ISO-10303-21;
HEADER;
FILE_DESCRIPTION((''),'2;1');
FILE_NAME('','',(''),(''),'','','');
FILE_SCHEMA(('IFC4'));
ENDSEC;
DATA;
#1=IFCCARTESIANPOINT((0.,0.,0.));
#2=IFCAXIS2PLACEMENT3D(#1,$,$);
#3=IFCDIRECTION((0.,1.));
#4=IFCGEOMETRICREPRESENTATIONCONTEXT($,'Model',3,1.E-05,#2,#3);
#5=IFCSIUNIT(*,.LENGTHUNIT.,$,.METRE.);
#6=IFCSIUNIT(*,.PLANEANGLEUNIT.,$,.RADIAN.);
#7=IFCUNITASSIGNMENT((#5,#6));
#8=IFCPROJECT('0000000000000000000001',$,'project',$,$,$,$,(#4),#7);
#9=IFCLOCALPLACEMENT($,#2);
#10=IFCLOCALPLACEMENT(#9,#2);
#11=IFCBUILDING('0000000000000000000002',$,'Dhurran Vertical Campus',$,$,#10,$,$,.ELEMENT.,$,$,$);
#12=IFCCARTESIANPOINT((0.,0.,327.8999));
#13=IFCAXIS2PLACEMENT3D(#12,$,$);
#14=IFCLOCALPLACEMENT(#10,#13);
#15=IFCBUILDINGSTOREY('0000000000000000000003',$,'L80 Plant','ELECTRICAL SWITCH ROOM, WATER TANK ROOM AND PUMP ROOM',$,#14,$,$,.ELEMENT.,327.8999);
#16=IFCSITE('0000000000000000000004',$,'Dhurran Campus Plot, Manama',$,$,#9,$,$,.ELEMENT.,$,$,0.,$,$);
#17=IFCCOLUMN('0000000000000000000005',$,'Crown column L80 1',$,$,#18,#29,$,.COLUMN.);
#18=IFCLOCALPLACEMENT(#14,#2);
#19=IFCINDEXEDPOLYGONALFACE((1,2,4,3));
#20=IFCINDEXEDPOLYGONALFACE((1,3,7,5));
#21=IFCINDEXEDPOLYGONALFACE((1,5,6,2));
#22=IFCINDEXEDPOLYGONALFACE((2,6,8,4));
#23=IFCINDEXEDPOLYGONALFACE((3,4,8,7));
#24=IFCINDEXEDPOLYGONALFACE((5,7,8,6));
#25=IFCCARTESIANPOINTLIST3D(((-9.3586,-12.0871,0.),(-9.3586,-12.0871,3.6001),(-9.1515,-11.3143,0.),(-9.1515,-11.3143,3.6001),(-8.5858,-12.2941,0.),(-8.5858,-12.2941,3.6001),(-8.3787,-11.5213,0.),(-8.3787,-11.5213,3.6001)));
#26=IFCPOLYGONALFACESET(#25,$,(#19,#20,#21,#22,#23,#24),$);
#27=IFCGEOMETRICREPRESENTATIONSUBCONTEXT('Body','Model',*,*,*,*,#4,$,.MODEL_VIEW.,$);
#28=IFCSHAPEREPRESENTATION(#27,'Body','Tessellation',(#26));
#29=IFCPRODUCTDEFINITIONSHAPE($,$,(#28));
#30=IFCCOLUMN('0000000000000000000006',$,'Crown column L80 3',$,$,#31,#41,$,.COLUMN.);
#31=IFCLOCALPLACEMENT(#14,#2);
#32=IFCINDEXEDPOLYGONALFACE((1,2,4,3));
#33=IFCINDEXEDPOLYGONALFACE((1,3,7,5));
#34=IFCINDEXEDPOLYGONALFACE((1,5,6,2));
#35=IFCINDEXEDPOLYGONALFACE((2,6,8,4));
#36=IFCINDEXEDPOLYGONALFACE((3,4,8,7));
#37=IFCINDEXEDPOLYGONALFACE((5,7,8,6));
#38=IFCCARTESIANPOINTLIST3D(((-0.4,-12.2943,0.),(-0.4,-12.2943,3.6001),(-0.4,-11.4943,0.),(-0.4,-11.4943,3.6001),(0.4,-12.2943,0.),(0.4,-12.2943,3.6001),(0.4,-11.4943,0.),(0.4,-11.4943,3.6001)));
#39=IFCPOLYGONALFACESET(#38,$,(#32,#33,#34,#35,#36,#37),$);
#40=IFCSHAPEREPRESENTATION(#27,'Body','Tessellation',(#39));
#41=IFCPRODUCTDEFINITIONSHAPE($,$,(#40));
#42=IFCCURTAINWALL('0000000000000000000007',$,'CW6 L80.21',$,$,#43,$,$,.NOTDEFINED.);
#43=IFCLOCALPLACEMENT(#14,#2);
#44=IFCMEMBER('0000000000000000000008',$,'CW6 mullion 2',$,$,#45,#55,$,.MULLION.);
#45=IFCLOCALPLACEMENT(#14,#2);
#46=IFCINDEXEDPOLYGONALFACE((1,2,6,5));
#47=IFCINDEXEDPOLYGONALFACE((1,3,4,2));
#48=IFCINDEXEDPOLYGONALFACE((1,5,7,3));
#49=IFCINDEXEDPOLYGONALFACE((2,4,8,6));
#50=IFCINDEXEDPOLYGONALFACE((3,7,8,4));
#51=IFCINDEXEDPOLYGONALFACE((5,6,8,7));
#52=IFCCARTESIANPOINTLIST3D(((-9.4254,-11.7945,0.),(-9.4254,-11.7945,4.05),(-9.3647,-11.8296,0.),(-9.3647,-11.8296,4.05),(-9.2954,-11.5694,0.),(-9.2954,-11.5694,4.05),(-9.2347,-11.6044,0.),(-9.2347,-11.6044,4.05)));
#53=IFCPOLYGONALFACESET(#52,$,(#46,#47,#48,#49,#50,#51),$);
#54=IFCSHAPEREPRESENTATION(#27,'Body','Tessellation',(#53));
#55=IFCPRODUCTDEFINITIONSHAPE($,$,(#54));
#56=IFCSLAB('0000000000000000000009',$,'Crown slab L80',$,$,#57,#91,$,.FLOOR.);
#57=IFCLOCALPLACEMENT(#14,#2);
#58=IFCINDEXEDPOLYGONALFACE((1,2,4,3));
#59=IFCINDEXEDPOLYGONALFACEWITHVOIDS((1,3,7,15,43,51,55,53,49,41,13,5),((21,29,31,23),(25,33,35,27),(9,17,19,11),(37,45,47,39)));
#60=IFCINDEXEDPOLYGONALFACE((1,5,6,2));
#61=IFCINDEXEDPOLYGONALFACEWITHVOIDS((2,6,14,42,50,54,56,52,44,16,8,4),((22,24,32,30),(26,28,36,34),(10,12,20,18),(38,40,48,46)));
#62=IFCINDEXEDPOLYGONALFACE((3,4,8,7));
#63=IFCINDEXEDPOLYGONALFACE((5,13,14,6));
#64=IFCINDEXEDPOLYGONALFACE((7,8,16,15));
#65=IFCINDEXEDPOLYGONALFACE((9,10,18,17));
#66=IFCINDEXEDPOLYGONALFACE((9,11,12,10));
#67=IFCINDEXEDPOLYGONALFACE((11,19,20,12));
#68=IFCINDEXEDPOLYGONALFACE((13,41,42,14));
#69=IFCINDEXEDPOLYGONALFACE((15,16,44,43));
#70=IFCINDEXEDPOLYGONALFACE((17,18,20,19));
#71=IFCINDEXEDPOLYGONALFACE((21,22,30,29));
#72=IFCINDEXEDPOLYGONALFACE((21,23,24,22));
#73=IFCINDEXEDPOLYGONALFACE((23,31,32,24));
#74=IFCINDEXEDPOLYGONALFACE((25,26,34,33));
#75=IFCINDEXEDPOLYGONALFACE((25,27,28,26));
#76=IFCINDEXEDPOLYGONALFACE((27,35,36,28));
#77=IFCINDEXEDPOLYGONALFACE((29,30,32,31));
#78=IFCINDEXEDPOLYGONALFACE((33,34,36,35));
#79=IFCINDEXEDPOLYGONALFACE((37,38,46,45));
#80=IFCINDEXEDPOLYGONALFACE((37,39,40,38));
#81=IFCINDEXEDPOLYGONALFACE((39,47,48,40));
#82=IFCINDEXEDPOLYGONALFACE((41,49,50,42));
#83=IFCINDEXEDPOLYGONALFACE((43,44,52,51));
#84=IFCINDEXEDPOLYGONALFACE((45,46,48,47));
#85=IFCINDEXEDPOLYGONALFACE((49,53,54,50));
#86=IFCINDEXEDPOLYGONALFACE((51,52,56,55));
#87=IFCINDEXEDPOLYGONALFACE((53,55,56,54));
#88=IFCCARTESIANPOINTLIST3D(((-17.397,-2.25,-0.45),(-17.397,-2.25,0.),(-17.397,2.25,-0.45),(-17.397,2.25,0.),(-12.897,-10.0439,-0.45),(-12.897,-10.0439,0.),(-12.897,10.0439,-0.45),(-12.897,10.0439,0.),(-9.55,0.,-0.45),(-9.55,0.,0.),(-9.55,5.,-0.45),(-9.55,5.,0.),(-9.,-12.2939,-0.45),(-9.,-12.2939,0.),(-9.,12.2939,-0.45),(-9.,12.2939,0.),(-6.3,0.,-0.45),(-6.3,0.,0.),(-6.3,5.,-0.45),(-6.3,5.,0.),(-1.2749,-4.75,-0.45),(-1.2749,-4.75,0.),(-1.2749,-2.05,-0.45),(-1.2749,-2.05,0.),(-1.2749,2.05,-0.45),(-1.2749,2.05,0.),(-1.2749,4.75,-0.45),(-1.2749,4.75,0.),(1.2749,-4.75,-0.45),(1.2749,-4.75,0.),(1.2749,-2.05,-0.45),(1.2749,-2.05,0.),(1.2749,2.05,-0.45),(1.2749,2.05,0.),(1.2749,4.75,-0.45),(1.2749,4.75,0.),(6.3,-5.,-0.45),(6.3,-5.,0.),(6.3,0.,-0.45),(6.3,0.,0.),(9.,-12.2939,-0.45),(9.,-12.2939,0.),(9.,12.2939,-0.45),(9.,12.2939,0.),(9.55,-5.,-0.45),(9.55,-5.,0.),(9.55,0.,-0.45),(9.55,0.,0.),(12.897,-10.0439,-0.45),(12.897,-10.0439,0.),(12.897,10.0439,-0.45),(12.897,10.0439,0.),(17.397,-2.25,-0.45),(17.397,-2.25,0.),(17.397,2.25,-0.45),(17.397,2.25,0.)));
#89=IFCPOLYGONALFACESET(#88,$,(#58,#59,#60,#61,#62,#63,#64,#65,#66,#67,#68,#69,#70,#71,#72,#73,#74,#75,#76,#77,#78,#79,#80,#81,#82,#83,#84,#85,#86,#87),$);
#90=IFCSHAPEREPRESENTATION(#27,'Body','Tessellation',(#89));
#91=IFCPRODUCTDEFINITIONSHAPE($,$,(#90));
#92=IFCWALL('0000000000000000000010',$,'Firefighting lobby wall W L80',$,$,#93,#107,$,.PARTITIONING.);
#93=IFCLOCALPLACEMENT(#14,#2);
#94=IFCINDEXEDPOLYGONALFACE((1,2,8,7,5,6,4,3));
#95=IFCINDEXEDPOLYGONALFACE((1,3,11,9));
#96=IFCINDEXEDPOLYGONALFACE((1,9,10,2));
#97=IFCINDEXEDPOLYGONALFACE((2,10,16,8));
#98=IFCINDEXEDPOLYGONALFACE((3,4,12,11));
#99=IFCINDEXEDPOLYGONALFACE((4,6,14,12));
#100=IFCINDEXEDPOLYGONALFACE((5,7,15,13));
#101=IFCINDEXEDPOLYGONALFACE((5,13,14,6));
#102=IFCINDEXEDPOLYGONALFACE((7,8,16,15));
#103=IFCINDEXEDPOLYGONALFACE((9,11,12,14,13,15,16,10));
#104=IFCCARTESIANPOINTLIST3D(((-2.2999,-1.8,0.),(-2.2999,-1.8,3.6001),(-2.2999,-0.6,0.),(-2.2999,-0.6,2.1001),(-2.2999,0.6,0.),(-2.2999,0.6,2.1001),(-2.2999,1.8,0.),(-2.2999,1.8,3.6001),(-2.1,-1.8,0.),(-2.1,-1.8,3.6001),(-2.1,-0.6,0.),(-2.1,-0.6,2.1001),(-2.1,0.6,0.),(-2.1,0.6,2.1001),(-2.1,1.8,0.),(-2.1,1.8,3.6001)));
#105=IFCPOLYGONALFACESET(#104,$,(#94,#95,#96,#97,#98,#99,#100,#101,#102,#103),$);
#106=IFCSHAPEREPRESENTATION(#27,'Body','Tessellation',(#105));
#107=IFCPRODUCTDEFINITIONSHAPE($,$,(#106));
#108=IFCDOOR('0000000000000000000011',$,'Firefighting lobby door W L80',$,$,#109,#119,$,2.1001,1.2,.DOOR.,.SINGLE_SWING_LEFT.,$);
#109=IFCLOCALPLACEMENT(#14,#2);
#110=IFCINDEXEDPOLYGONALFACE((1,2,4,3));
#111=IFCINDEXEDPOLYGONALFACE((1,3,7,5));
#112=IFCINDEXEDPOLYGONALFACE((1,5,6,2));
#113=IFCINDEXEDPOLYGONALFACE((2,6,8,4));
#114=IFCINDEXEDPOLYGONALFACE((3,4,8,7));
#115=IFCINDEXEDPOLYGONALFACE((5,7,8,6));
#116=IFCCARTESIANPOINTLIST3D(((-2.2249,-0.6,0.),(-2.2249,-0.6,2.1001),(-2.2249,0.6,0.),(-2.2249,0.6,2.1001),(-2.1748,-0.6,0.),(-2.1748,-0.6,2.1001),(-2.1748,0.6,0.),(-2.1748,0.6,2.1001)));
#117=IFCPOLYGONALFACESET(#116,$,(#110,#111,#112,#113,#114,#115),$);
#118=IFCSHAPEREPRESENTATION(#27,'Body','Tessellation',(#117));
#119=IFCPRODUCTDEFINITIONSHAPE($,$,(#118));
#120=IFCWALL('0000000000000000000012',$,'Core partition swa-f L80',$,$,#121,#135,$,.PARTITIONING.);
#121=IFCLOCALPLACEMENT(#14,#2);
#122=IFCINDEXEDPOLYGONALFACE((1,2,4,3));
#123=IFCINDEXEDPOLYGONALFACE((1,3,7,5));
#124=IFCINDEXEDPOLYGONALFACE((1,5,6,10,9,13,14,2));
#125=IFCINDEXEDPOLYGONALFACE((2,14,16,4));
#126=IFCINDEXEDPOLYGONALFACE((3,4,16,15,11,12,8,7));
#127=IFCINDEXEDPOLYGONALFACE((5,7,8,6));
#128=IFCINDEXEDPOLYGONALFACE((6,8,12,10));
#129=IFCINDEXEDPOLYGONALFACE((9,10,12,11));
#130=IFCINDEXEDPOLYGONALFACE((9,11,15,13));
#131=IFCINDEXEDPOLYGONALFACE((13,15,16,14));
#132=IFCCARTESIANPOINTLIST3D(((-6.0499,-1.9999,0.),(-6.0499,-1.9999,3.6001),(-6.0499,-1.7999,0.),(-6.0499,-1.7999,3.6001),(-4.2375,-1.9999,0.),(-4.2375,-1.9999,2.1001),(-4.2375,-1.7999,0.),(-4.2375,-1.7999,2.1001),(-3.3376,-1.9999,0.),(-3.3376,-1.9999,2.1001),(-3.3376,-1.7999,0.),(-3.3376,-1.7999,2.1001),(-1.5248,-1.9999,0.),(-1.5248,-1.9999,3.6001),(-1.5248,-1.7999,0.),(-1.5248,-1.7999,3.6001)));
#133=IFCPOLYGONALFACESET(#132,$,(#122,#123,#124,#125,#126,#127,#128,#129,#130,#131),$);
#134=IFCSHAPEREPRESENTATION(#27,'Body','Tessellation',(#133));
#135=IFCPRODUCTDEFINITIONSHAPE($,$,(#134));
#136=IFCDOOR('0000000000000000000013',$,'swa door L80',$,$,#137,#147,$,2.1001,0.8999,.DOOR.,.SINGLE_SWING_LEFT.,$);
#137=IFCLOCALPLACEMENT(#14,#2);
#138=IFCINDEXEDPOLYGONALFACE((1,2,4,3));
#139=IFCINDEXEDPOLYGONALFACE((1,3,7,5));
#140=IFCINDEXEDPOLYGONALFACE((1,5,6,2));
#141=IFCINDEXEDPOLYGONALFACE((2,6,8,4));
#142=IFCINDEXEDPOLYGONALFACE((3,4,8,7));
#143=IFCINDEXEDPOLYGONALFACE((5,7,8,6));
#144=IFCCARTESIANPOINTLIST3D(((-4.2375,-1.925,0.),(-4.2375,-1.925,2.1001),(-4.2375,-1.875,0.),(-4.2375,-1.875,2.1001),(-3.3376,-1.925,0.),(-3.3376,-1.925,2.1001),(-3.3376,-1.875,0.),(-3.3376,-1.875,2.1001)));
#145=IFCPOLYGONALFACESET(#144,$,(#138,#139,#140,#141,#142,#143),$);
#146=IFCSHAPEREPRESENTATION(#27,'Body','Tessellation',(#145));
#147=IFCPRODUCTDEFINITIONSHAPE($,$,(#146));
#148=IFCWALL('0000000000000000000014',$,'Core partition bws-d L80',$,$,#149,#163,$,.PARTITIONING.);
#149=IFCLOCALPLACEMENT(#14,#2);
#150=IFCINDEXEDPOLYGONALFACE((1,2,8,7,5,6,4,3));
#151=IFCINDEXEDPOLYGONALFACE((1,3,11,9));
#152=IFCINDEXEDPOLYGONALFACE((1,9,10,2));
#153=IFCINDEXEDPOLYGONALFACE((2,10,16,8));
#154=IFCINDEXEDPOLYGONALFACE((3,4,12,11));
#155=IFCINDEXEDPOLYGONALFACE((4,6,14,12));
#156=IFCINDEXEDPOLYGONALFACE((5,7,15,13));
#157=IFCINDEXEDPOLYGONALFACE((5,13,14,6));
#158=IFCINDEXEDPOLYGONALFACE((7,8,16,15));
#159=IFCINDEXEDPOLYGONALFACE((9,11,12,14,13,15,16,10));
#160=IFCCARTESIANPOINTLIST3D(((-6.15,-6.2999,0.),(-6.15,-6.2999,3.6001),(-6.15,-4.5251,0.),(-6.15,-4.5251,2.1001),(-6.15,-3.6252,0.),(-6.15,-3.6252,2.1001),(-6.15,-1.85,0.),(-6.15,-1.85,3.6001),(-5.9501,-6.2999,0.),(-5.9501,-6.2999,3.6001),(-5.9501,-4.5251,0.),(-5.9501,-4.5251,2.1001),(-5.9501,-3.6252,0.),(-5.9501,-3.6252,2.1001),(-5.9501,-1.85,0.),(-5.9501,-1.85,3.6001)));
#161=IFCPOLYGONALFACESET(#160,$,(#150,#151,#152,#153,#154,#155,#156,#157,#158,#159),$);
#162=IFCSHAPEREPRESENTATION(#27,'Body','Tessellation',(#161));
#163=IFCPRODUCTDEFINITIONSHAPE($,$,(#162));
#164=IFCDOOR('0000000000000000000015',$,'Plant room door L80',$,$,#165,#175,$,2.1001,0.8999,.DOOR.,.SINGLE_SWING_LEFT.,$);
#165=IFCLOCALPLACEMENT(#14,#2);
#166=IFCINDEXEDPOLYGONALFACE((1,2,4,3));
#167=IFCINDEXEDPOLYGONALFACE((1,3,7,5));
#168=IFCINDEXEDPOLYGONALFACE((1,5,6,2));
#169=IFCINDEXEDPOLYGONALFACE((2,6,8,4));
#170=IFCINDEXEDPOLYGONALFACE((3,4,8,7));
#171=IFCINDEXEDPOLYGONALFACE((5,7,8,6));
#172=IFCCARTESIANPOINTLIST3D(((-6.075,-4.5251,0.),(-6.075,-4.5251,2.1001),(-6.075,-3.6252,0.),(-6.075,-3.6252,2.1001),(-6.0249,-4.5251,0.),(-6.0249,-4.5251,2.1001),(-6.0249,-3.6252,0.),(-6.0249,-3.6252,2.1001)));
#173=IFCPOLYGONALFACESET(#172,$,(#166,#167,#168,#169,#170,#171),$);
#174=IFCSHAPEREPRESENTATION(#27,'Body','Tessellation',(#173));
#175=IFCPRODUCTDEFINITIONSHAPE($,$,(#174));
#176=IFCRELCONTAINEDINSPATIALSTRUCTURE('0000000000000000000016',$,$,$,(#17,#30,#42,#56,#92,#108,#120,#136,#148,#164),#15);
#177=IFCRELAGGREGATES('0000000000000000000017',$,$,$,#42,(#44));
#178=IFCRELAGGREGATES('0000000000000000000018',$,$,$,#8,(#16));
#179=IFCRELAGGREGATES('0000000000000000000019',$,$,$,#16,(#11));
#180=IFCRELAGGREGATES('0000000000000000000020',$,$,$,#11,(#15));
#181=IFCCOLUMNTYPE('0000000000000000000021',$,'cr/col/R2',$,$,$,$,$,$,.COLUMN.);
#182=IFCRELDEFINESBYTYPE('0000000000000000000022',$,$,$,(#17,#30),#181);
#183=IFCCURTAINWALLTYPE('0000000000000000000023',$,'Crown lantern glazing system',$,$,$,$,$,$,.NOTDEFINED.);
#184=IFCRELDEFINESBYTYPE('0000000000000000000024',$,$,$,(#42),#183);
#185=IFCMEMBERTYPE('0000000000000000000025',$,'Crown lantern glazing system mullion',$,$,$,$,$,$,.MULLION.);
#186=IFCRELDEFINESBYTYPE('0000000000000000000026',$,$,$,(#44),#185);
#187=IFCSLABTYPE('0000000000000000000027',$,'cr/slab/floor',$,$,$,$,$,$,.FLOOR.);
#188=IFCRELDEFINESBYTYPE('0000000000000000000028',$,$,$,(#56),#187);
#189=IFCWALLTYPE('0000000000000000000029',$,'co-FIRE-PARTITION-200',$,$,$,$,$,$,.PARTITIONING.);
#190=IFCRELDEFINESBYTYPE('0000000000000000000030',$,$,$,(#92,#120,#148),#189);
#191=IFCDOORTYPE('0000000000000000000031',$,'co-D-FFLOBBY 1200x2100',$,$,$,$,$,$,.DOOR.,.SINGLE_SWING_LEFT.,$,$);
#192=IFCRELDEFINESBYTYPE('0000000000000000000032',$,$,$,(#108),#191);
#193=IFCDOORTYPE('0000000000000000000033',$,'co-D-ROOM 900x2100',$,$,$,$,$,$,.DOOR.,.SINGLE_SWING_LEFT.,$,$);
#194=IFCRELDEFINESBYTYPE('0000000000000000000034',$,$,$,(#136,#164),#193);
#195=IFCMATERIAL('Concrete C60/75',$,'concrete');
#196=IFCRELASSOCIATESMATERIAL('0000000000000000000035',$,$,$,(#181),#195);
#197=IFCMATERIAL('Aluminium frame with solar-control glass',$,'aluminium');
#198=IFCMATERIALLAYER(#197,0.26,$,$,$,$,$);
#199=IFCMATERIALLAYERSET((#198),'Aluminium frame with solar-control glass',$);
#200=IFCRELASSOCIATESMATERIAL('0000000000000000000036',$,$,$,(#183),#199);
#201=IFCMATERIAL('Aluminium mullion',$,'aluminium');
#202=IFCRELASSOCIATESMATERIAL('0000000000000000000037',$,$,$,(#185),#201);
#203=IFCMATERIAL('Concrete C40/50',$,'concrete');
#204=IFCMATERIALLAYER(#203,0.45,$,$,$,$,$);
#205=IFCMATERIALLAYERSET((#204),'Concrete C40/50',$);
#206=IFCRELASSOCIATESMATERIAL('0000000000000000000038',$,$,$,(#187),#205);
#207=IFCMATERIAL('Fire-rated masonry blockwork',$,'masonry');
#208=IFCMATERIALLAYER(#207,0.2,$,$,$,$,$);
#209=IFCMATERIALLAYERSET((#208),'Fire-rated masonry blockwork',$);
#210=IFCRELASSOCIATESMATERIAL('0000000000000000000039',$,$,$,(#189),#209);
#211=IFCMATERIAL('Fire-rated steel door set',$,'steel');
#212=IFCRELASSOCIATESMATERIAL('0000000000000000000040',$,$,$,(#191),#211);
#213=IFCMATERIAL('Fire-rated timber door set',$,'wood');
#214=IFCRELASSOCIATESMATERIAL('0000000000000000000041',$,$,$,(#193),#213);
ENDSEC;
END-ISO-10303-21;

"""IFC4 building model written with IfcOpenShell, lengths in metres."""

from ifc_helpers import new_model, si_unit, direction, frame, frame_2d, origin, origin_2d, place, context, subcontext, project, spatial, polyline, rectangle, outline, extrude, material, layer, layer_set, material_profile, profile_set, type_object, element, fill, aggregate, save


model = new_model("IFC4")

# Units and contexts
model_context = context("Model", 3, precision=1e-05, world=origin(), true_north=direction((0.0, 1.0)))
body_context = subcontext(model_context, "Body", "Model", "MODEL_VIEW")
ifc_project = project(units=[si_unit("LENGTHUNIT", "METRE"), si_unit("PLANEANGLEUNIT", "RADIAN")], contexts=[model_context])

# Site, building, storey
site_placement = place(None, origin())
site = spatial("IfcSite", under=ifc_project, at=site_placement, Name="Dhurran Campus Plot, Manama", CompositionType="ELEMENT", RefElevation=0.0)
building_placement = place(site_placement, origin())
building = spatial("IfcBuilding", under=site, at=building_placement, Name="Dhurran Vertical Campus", CompositionType="ELEMENT")
storey_placement = place(building_placement, frame((0.0, 0.0, 327.8999)))
storey = spatial("IfcBuildingStorey", under=building, at=storey_placement, Name="L80 Plant", Description="ELECTRICAL SWITCH ROOM, WATER TANK ROOM AND PUMP ROOM", CompositionType="ELEMENT", Elevation=327.8999)

# Columns
ifc_material_1 = material(Name="Concrete C60/75", Category="concrete")
ifc_material_profile_1 = material_profile(ifc_material_1, rectangle(XDim=0.8, YDim=0.8, at=origin_2d()), Name="cr/col/R2")
ifc_profile_set_1 = profile_set([ifc_material_profile_1], Name="Concrete C60/75")
column_type = type_object("IfcColumnType", Name="cr/col/R2", PredefinedType="COLUMN", material=ifc_profile_set_1)
for number, where, z_axis, x_axis, name in (
    (1, (-8.8687, -11.8042, 0.0), (0.0, 0.0, 1.0), (0.965926, -0.258819, 0.0), "Crown column L80 1"),
    (2, (0.0, -11.8943, 0.0), (0.0, 0.0, 1.0), (1.0, 0.0, 0.0), "Crown column L80 3"),
):
    element("IfcColumn", number, at=place(storey_placement, frame(where, z_axis=z_axis, x_axis=x_axis)), inside=storey, type_object=column_type, Name=name, PredefinedType="COLUMN", context=body_context, shape_type="SweptSolid", body=[
        extrude(rectangle(XDim=0.8, YDim=0.8, at=origin_2d()), origin(), (0.0, 0.0, 1.0), 3.6001),
    ])

# Curtain wall, member
ifc_material_2 = material(Name="Aluminium frame with solar-control glass", Category="aluminium")
ifc_layer_1 = layer(ifc_material_2, 0.26)
ifc_layer_set_1 = layer_set([ifc_layer_1], Name="Aluminium frame with solar-control glass")
curtain_wall_type = type_object("IfcCurtainWallType", Name="Crown lantern glazing system", PredefinedType="NOTDEFINED", material=ifc_layer_set_1)
curtain_wall_placement = place(storey_placement, origin())
curtain_wall = element("IfcCurtainWall", 3, at=curtain_wall_placement, inside=storey, type_object=curtain_wall_type, Name="CW6 L80.21", PredefinedType="NOTDEFINED")
ifc_material_3 = material(Name="Aluminium mullion", Category="aluminium")
ifc_material_profile_2 = material_profile(ifc_material_3, rectangle(XDim=0.26, YDim=0.0701, at=origin_2d()), Name="Crown lantern glazing system mullion")
ifc_profile_set_2 = profile_set([ifc_material_profile_2], Name="Aluminium mullion")
member_type = type_object("IfcMemberType", Name="Crown lantern glazing system mullion", PredefinedType="MULLION", material=ifc_profile_set_2)
member_placement = place(storey_placement, frame((-9.3301, -11.6995, 0.0), z_axis=(0.0, 0.0, 1.0), x_axis=(0.499991, 0.86603, 0.0)))
member = element("IfcMember", 4, at=member_placement, type_object=member_type, Name="CW6 mullion 2", PredefinedType="MULLION", context=body_context, shape_type="SweptSolid", body=[
    extrude(rectangle(XDim=0.26, YDim=0.0701, at=origin_2d()), origin(), (0.0, 0.0, 1.0), 4.05),
])
aggregate(curtain_wall, [member])

# Slab
ifc_material_4 = material(Name="Concrete C40/50", Category="concrete")
ifc_layer_2 = layer(ifc_material_4, 0.45)
ifc_layer_set_2 = layer_set([ifc_layer_2], Name="Concrete C40/50")
slab_type = type_object("IfcSlabType", Name="cr/slab/floor", PredefinedType="FLOOR", material=ifc_layer_set_2)
slab_placement = place(storey_placement, frame((0.0, 0.0, -0.45)))
element("IfcSlab", 5, at=slab_placement, inside=storey, type_object=slab_type, Name="Crown slab L80", PredefinedType="FLOOR", context=body_context, shape_type="SweptSolid", body=[
    extrude(outline(polyline([(-9.0, -12.2939), (9.0, -12.2939), (12.897, -10.0439), (17.397, -2.25), (17.397, 2.25), (12.897, 10.0439), (9.0, 12.2939), (-9.0, 12.2939), (-12.897, 10.0439), (-17.397, 2.25), (-17.397, -2.25), (-12.897, -10.0439), (-9.0, -12.2939)]), holes=[polyline([(-1.2749, 4.75), (1.2749, 4.75), (1.2749, 2.05), (-1.2749, 2.05), (-1.2749, 4.75)]), polyline([(-1.2749, -2.05), (1.2749, -2.05), (1.2749, -4.75), (-1.2749, -4.75), (-1.2749, -2.05)]), polyline([(-9.55, 5.0), (-6.3, 5.0), (-6.3, 0.0), (-9.55, 0.0), (-9.55, 5.0)]), polyline([(6.3, 0.0), (9.55, 0.0), (9.55, -5.0), (6.3, -5.0), (6.3, 0.0)])]), origin(), (0.0, 0.0, 1.0), 0.45),
])

# Walls, openings, doors
ifc_material_5 = material(Name="Fire-rated masonry blockwork", Category="masonry")
ifc_layer_3 = layer(ifc_material_5, 0.2)
ifc_layer_set_3 = layer_set([ifc_layer_3], Name="Fire-rated masonry blockwork")
wall_type_1 = type_object("IfcWallType", Name="co-FIRE-PARTITION-200", PredefinedType="PARTITIONING", material=ifc_layer_set_3)
wall_1_placement = place(storey_placement, frame((-2.2, -1.8, 0.0), z_axis=(0.0, 0.0, 1.0), x_axis=(0.0, 1.0, 0.0)))
wall_1 = element("IfcWall", 6, at=wall_1_placement, inside=storey, type_object=wall_type_1, Name="Firefighting lobby wall W L80", PredefinedType="PARTITIONING", context=body_context, shape_type="SweptSolid", body=[
    extrude(rectangle(XDim=3.6001, YDim=0.2, at=frame_2d((1.8, 0.0))), origin(), (0.0, 0.0, 1.0), 3.6001),
])
opening_1_placement = place(wall_1_placement, frame((1.2, 0.0, 0.0)))
opening_1 = element("IfcOpeningElement", 7, at=opening_1_placement, cuts=wall_1, PredefinedType="OPENING", context=body_context, shape_type="SweptSolid", body=[
    extrude(rectangle(XDim=1.2, YDim=2.1001, at=frame_2d((0.6001, 1.05))), frame((0.0, 0.1099, 0.0), z_axis=(0.0, -1.0, 0.0), x_axis=(1.0, 0.0, 0.0)), (0.0, 0.0, 1.0), 0.22),
])
ifc_material_6 = material(Name="Fire-rated steel door set", Category="steel")
door_type_1 = type_object("IfcDoorType", Name="co-D-FFLOBBY 1200x2100", OperationType="SINGLE_SWING_LEFT", PredefinedType="DOOR", material=ifc_material_6)
door_1_placement = place(opening_1_placement, origin())
door_1 = element("IfcDoor", 8, at=door_1_placement, inside=storey, type_object=door_type_1, Name="Firefighting lobby door W L80", OperationType="SINGLE_SWING_LEFT", OverallHeight=2.1001, OverallWidth=1.2, PredefinedType="DOOR", context=body_context, shape_type="SweptSolid", body=[
    extrude(rectangle(XDim=1.2, YDim=2.1001, at=frame_2d((0.6001, 1.05))), frame((0.0, 0.0249, 0.0), z_axis=(0.0, -1.0, 0.0), x_axis=(1.0, 0.0, 0.0)), (0.0, 0.0, 1.0), 0.05),
])
fill(opening_1, door_1)
wall_2_placement = place(storey_placement, frame((-6.05, -1.8999, 0.0), z_axis=(0.0, 0.0, 1.0), x_axis=(1.0, 0.0, 0.0)))
wall_2 = element("IfcWall", 9, at=wall_2_placement, inside=storey, type_object=wall_type_1, Name="Core partition swa-f L80", PredefinedType="PARTITIONING", context=body_context, shape_type="SweptSolid", body=[
    extrude(rectangle(XDim=4.5251, YDim=0.2, at=frame_2d((2.2627, 0.0))), origin(), (0.0, 0.0, 1.0), 3.6001),
])
opening_2_placement = place(wall_2_placement, frame((1.8125, 0.0, 0.0)))
opening_2 = element("IfcOpeningElement", 10, at=opening_2_placement, cuts=wall_2, PredefinedType="OPENING", context=body_context, shape_type="SweptSolid", body=[
    extrude(rectangle(XDim=0.8999, YDim=2.1001, at=frame_2d((0.45, 1.05))), frame((0.0, 0.1099, 0.0), z_axis=(0.0, -1.0, 0.0), x_axis=(1.0, 0.0, 0.0)), (0.0, 0.0, 1.0), 0.22),
])
ifc_material_7 = material(Name="Fire-rated timber door set", Category="wood")
door_type_2 = type_object("IfcDoorType", Name="co-D-ROOM 900x2100", OperationType="SINGLE_SWING_LEFT", PredefinedType="DOOR", material=ifc_material_7)
door_2_placement = place(opening_2_placement, origin())
door_2 = element("IfcDoor", 11, at=door_2_placement, inside=storey, type_object=door_type_2, Name="swa door L80", OperationType="SINGLE_SWING_LEFT", OverallHeight=2.1001, OverallWidth=0.8999, PredefinedType="DOOR", context=body_context, shape_type="SweptSolid", body=[
    extrude(rectangle(XDim=0.8999, YDim=2.1001, at=frame_2d((0.45, 1.05))), frame((0.0, 0.0249, 0.0), z_axis=(0.0, -1.0, 0.0), x_axis=(1.0, 0.0, 0.0)), (0.0, 0.0, 1.0), 0.05),
])
fill(opening_2, door_2)
wall_3_placement = place(storey_placement, frame((-6.05, -6.3, 0.0), z_axis=(0.0, 0.0, 1.0), x_axis=(0.0, 1.0, 0.0)))
wall_3 = element("IfcWall", 12, at=wall_3_placement, inside=storey, type_object=wall_type_1, Name="Core partition bws-d L80", PredefinedType="PARTITIONING", context=body_context, shape_type="SweptSolid", body=[
    extrude(rectangle(XDim=4.45, YDim=0.2, at=frame_2d((2.2251, 0.0))), origin(), (0.0, 0.0, 1.0), 3.6001),
])
opening_3_placement = place(wall_3_placement, frame((1.7749, 0.0, 0.0)))
opening_3 = element("IfcOpeningElement", 13, at=opening_3_placement, cuts=wall_3, PredefinedType="OPENING", context=body_context, shape_type="SweptSolid", body=[
    extrude(rectangle(XDim=0.8999, YDim=2.1001, at=frame_2d((0.45, 1.05))), frame((0.0, 0.1099, 0.0), z_axis=(0.0, -1.0, 0.0), x_axis=(1.0, 0.0, 0.0)), (0.0, 0.0, 1.0), 0.22),
])
door_3_placement = place(opening_3_placement, origin())
door_3 = element("IfcDoor", 14, at=door_3_placement, inside=storey, type_object=door_type_2, Name="Plant room door L80", OperationType="SINGLE_SWING_LEFT", OverallHeight=2.1001, OverallWidth=0.8999, PredefinedType="DOOR", context=body_context, shape_type="SweptSolid", body=[
    extrude(rectangle(XDim=0.8999, YDim=2.1001, at=frame_2d((0.45, 1.05))), frame((0.0, 0.0249, 0.0), z_axis=(0.0, -1.0, 0.0), x_axis=(1.0, 0.0, 0.0)), (0.0, 0.0, 1.0), 0.05),
])
fill(opening_3, door_3)

save(model, "model.ifc")
